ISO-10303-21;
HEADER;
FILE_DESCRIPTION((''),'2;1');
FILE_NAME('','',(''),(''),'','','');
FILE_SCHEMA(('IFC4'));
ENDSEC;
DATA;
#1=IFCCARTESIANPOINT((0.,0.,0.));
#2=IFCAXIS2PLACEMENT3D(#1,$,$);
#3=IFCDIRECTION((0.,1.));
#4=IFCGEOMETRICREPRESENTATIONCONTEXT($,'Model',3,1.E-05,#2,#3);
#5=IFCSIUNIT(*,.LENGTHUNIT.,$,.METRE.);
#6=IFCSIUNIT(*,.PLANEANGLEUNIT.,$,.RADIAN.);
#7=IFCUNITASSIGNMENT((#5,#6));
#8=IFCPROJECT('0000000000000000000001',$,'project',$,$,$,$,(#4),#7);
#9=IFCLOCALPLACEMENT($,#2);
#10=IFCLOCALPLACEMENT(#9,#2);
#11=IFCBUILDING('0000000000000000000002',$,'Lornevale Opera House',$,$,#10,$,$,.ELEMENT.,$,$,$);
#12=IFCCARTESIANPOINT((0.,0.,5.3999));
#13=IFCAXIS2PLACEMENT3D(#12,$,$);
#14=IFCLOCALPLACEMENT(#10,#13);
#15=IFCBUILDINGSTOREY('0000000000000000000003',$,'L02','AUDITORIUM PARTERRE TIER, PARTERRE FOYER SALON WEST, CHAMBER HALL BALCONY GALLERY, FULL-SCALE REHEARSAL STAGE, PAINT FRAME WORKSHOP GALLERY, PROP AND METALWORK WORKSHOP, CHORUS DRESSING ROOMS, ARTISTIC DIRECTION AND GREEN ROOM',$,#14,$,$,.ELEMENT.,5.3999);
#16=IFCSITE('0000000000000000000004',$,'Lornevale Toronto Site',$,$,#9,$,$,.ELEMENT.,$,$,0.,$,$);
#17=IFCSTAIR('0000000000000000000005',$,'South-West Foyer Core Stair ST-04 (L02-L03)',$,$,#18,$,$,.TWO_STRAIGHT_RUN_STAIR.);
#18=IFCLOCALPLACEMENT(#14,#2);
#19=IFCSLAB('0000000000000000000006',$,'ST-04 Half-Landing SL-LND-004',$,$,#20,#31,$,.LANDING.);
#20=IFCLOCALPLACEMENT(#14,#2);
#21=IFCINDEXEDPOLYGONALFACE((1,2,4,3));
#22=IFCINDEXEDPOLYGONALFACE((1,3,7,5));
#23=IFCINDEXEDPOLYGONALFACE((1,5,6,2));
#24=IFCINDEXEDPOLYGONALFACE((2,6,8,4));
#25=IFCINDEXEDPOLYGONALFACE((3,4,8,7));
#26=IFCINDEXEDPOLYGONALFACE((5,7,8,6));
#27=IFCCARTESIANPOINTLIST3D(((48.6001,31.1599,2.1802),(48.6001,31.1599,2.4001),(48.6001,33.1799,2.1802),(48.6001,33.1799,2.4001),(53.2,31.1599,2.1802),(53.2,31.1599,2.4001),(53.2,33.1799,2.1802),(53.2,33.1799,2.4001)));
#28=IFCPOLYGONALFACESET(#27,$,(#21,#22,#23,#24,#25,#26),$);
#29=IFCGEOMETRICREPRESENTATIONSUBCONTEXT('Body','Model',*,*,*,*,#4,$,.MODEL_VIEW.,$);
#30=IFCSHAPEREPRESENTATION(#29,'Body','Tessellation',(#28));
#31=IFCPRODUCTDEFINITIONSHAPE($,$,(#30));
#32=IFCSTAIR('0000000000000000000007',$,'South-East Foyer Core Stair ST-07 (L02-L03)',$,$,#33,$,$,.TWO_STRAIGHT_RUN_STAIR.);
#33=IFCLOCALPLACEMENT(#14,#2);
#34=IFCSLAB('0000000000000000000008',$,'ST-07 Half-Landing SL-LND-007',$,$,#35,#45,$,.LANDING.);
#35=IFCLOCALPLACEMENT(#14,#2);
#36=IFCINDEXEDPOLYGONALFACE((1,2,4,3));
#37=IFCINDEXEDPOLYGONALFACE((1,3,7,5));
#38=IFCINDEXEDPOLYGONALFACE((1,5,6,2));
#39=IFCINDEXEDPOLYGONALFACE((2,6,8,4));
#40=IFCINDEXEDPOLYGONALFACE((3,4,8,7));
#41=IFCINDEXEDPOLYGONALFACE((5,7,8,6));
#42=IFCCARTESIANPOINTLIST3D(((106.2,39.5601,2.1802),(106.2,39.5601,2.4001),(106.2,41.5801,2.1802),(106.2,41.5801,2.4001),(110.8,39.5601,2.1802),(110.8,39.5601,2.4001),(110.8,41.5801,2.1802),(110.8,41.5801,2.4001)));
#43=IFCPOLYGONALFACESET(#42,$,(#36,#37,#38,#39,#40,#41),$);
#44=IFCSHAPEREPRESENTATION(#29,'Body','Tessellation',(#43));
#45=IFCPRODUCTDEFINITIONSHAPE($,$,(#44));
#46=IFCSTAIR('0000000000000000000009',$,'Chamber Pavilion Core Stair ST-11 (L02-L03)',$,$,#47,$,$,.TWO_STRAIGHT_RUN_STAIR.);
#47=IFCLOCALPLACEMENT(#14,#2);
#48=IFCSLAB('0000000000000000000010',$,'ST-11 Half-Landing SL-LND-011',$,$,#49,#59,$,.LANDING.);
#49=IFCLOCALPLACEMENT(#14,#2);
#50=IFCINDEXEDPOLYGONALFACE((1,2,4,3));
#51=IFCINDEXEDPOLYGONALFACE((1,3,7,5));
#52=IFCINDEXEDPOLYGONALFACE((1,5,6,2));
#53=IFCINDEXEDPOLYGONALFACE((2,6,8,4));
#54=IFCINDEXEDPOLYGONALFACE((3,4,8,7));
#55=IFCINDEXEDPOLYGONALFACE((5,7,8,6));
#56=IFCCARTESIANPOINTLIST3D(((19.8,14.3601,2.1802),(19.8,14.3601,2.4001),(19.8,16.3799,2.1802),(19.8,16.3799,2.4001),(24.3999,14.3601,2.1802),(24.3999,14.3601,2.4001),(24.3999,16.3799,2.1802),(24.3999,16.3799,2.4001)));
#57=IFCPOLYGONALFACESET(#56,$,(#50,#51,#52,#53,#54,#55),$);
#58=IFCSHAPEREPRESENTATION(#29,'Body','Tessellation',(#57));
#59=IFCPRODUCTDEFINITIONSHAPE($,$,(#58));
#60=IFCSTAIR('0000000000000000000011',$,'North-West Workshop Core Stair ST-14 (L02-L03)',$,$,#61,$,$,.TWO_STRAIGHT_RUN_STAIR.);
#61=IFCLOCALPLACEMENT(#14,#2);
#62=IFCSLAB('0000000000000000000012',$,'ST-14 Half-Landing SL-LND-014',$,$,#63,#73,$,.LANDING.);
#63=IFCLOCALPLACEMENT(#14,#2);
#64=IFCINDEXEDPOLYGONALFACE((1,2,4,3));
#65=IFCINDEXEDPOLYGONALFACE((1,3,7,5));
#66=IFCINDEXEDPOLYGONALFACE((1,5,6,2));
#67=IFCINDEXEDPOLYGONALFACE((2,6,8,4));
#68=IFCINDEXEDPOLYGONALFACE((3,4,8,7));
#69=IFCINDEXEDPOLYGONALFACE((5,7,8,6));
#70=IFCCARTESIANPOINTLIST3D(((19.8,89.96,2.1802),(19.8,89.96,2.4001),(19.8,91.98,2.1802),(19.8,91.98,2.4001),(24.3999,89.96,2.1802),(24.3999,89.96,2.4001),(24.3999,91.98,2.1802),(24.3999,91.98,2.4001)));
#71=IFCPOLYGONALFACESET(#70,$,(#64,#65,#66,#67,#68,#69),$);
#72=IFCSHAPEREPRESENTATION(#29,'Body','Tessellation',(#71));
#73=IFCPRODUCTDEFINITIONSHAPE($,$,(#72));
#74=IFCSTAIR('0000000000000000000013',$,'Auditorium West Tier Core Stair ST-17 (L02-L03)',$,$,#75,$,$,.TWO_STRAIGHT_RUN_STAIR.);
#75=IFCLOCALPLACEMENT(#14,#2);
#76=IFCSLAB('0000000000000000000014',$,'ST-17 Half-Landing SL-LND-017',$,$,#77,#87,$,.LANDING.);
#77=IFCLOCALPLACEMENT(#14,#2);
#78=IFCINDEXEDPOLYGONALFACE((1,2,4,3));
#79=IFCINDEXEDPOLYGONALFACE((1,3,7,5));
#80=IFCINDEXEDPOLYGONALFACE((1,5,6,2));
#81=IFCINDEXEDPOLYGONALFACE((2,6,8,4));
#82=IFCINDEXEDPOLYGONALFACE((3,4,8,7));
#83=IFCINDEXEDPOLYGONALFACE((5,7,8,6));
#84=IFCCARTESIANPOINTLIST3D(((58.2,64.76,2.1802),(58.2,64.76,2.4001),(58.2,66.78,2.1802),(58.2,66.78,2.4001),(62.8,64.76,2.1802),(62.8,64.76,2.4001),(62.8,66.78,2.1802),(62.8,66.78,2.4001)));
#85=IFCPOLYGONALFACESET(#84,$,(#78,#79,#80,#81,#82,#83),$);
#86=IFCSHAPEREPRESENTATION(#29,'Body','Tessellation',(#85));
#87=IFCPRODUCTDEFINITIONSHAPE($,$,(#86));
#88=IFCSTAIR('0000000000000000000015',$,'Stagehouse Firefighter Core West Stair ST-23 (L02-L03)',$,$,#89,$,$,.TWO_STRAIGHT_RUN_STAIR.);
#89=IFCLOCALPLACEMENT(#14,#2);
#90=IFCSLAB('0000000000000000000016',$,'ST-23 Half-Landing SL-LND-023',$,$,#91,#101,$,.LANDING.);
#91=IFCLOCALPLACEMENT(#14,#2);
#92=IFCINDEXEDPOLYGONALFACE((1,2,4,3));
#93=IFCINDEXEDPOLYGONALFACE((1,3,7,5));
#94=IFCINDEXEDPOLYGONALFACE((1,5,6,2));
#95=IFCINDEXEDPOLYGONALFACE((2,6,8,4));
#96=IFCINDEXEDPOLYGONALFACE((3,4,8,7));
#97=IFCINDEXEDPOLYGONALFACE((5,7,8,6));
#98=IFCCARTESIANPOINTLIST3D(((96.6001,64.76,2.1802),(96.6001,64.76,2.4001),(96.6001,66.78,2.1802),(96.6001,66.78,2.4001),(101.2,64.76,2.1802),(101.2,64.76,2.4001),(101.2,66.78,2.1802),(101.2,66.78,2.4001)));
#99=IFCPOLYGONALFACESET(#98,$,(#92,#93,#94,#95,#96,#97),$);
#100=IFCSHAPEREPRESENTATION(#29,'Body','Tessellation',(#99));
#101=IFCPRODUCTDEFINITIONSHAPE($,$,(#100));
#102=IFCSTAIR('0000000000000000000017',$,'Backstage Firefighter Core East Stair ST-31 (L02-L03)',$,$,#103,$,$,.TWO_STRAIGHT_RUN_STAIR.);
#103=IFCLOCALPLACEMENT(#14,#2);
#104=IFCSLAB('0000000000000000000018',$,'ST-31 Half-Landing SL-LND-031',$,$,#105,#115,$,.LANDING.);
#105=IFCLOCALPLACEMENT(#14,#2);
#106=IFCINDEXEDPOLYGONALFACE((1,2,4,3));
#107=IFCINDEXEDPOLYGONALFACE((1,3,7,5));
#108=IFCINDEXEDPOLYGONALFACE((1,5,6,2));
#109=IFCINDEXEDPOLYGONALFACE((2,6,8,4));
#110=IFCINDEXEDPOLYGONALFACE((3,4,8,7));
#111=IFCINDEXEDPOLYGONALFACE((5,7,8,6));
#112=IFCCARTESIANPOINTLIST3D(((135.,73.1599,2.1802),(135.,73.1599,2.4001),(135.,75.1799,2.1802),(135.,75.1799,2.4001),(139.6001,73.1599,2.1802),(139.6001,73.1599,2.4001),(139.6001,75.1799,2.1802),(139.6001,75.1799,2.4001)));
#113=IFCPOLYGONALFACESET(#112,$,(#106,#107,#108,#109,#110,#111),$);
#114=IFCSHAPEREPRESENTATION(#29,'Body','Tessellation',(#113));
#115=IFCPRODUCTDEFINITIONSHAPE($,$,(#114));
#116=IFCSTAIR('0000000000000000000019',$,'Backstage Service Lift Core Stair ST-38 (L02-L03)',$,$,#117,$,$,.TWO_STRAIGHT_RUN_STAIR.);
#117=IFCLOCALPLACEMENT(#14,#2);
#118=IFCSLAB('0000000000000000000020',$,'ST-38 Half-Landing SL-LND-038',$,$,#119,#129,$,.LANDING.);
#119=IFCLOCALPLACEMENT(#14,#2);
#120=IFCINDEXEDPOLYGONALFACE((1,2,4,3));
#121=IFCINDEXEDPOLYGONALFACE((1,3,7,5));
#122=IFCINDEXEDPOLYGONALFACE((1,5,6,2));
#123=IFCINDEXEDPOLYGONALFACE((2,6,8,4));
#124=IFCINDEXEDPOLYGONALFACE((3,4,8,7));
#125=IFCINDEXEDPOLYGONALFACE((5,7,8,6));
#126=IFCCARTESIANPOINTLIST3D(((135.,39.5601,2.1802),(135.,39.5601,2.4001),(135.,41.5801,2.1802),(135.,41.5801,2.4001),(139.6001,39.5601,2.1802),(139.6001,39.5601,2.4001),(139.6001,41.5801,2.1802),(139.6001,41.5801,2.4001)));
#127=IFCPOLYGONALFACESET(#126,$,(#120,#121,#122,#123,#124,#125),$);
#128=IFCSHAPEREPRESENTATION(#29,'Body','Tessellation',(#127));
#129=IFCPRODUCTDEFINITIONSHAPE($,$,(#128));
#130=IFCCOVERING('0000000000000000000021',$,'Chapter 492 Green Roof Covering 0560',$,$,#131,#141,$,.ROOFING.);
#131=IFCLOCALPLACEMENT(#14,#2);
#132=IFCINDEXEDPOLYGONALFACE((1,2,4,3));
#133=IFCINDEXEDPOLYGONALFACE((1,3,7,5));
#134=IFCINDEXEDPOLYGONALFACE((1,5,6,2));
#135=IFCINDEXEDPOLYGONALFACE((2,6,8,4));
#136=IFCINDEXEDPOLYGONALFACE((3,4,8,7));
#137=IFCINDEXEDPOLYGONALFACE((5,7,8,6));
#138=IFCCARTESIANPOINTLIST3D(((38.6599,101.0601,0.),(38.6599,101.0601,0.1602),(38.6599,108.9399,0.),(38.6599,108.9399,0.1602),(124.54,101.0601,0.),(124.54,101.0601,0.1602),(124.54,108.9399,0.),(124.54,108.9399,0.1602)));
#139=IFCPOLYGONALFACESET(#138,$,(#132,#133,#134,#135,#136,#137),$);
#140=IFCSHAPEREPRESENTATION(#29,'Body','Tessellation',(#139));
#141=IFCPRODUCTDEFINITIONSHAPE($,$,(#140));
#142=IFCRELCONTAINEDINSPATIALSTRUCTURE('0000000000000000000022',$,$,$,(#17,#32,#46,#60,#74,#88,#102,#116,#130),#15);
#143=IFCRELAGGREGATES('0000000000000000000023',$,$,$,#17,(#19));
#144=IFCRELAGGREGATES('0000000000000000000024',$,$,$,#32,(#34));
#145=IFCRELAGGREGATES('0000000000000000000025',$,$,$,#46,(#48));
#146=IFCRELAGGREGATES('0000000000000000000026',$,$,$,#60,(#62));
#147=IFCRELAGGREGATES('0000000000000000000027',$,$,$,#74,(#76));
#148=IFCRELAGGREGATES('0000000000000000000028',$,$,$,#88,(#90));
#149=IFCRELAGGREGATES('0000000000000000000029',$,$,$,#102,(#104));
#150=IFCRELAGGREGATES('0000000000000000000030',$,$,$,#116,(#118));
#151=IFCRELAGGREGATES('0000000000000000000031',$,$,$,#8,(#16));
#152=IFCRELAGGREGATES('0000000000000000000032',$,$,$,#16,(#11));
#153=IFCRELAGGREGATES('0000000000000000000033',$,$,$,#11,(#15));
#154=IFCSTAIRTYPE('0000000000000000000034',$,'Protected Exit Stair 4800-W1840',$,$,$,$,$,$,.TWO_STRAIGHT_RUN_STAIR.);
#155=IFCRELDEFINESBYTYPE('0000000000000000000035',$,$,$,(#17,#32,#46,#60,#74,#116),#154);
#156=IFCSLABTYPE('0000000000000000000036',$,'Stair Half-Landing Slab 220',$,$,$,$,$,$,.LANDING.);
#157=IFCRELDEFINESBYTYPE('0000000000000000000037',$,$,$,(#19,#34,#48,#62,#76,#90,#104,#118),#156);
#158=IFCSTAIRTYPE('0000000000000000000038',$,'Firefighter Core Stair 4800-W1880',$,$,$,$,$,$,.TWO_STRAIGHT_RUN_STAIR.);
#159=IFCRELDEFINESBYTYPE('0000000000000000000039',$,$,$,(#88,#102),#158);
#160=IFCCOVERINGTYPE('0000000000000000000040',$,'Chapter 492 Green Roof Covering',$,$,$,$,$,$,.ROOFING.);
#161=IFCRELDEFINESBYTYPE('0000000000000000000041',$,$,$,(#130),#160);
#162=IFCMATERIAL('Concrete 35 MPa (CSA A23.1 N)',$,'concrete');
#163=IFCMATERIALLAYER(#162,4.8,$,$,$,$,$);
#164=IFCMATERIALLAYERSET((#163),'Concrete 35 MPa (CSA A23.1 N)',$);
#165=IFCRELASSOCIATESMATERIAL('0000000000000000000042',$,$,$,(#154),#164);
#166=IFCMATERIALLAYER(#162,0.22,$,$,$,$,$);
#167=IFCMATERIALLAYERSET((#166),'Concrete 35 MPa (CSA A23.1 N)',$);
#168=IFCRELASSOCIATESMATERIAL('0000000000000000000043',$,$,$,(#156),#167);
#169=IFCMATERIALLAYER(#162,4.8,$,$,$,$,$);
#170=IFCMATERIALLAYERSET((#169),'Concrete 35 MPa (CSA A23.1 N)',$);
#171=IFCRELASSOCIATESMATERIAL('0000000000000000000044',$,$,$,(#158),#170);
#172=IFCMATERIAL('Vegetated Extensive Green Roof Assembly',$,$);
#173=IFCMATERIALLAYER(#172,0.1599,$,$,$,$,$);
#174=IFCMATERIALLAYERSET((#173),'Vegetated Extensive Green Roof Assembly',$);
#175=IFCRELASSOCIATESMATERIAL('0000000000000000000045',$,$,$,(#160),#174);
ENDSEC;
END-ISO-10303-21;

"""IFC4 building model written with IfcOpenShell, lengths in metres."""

from ifc_helpers import new_model, si_unit, direction, frame, origin, place, context, subcontext, project, spatial, polyline, outline, extrude, material, layer, layer_set, type_object, element, aggregate, save


model = new_model("IFC4")

# Units and contexts
model_context = context("Model", 3, precision=1e-05, world=origin(), true_north=direction((0.0, 1.0)))
body_context = subcontext(model_context, "Body", "Model", "MODEL_VIEW")
ifc_project = project(units=[si_unit("LENGTHUNIT", "METRE"), si_unit("PLANEANGLEUNIT", "RADIAN")], contexts=[model_context])

# Site, building, storey
site_placement = place(None, origin())
site = spatial("IfcSite", under=ifc_project, at=site_placement, Name="Lornevale Toronto Site", CompositionType="ELEMENT", RefElevation=0.0)
building_placement = place(site_placement, origin())
building = spatial("IfcBuilding", under=site, at=building_placement, Name="Lornevale Opera House", CompositionType="ELEMENT")
storey_placement = place(building_placement, frame((0.0, 0.0, 5.3999)))
storey = spatial("IfcBuildingStorey", under=building, at=storey_placement, Name="L02", Description="AUDITORIUM PARTERRE TIER, PARTERRE FOYER SALON WEST, CHAMBER HALL BALCONY GALLERY, FULL-SCALE REHEARSAL STAGE, PAINT FRAME WORKSHOP GALLERY, PROP AND METALWORK WORKSHOP, CHORUS DRESSING ROOMS, ARTISTIC DIRECTION AND GREEN ROOM", CompositionType="ELEMENT", Elevation=5.3999)

# Shared definitions
ifc_material_1 = material(Name="Concrete 35 MPa (CSA A23.1 N)", Category="concrete")

# Stairs, slabs
ifc_layer_1 = layer(ifc_material_1, 4.8)
ifc_layer_set_1 = layer_set([ifc_layer_1], Name="Concrete 35 MPa (CSA A23.1 N)")
stair_type_1 = type_object("IfcStairType", Name="Protected Exit Stair 4800-W1840", PredefinedType="TWO_STRAIGHT_RUN_STAIR", material=ifc_layer_set_1)
stair_1_placement = place(storey_placement, origin())
stair_1 = element("IfcStair", 1, at=stair_1_placement, inside=storey, type_object=stair_type_1, Name="South-West Foyer Core Stair ST-04 (L02-L03)", PredefinedType="TWO_STRAIGHT_RUN_STAIR")
ifc_layer_2 = layer(ifc_material_1, 0.22)
ifc_layer_set_2 = layer_set([ifc_layer_2], Name="Concrete 35 MPa (CSA A23.1 N)")
slab_type_1 = type_object("IfcSlabType", Name="Stair Half-Landing Slab 220", PredefinedType="LANDING", material=ifc_layer_set_2)
slab_1_placement = place(storey_placement, frame((0.0, 0.0, 2.1802)))
slab_1 = element("IfcSlab", 2, at=slab_1_placement, type_object=slab_type_1, Name="ST-04 Half-Landing SL-LND-004", PredefinedType="LANDING", context=body_context, shape_type="SweptSolid", body=[
    extrude(outline(polyline([(48.6001, 31.1599), (53.2, 31.1599), (53.2, 33.1799), (48.6001, 33.1799), (48.6001, 31.1599)])), origin(), (0.0, 0.0, 1.0), 0.22),
])
aggregate(stair_1, [slab_1])
stair_2_placement = place(storey_placement, origin())
stair_2 = element("IfcStair", 3, at=stair_2_placement, inside=storey, type_object=stair_type_1, Name="South-East Foyer Core Stair ST-07 (L02-L03)", PredefinedType="TWO_STRAIGHT_RUN_STAIR")
slab_2_placement = place(storey_placement, frame((0.0, 0.0, 2.1802)))
slab_2 = element("IfcSlab", 4, at=slab_2_placement, type_object=slab_type_1, Name="ST-07 Half-Landing SL-LND-007", PredefinedType="LANDING", context=body_context, shape_type="SweptSolid", body=[
    extrude(outline(polyline([(106.2, 39.5601), (110.8, 39.5601), (110.8, 41.5801), (106.2, 41.5801), (106.2, 39.5601)])), origin(), (0.0, 0.0, 1.0), 0.22),
])
aggregate(stair_2, [slab_2])
stair_3_placement = place(storey_placement, origin())
stair_3 = element("IfcStair", 5, at=stair_3_placement, inside=storey, type_object=stair_type_1, Name="Chamber Pavilion Core Stair ST-11 (L02-L03)", PredefinedType="TWO_STRAIGHT_RUN_STAIR")
slab_3_placement = place(storey_placement, frame((0.0, 0.0, 2.1802)))
slab_3 = element("IfcSlab", 6, at=slab_3_placement, type_object=slab_type_1, Name="ST-11 Half-Landing SL-LND-011", PredefinedType="LANDING", context=body_context, shape_type="SweptSolid", body=[
    extrude(outline(polyline([(19.8, 14.3601), (24.3999, 14.3601), (24.3999, 16.3799), (19.8, 16.3799), (19.8, 14.3601)])), origin(), (0.0, 0.0, 1.0), 0.22),
])
aggregate(stair_3, [slab_3])
stair_4_placement = place(storey_placement, origin())
stair_4 = element("IfcStair", 7, at=stair_4_placement, inside=storey, type_object=stair_type_1, Name="North-West Workshop Core Stair ST-14 (L02-L03)", PredefinedType="TWO_STRAIGHT_RUN_STAIR")
slab_4_placement = place(storey_placement, frame((0.0, 0.0, 2.1802)))
slab_4 = element("IfcSlab", 8, at=slab_4_placement, type_object=slab_type_1, Name="ST-14 Half-Landing SL-LND-014", PredefinedType="LANDING", context=body_context, shape_type="SweptSolid", body=[
    extrude(outline(polyline([(19.8, 89.96), (24.3999, 89.96), (24.3999, 91.98), (19.8, 91.98), (19.8, 89.96)])), origin(), (0.0, 0.0, 1.0), 0.22),
])
aggregate(stair_4, [slab_4])
stair_5_placement = place(storey_placement, origin())
stair_5 = element("IfcStair", 9, at=stair_5_placement, inside=storey, type_object=stair_type_1, Name="Auditorium West Tier Core Stair ST-17 (L02-L03)", PredefinedType="TWO_STRAIGHT_RUN_STAIR")
slab_5_placement = place(storey_placement, frame((0.0, 0.0, 2.1802)))
slab_5 = element("IfcSlab", 10, at=slab_5_placement, type_object=slab_type_1, Name="ST-17 Half-Landing SL-LND-017", PredefinedType="LANDING", context=body_context, shape_type="SweptSolid", body=[
    extrude(outline(polyline([(58.2, 64.76), (62.8, 64.76), (62.8, 66.78), (58.2, 66.78), (58.2, 64.76)])), origin(), (0.0, 0.0, 1.0), 0.22),
])
aggregate(stair_5, [slab_5])
ifc_layer_3 = layer(ifc_material_1, 4.8)
ifc_layer_set_3 = layer_set([ifc_layer_3], Name="Concrete 35 MPa (CSA A23.1 N)")
stair_type_2 = type_object("IfcStairType", Name="Firefighter Core Stair 4800-W1880", PredefinedType="TWO_STRAIGHT_RUN_STAIR", material=ifc_layer_set_3)
stair_6_placement = place(storey_placement, origin())
stair_6 = element("IfcStair", 11, at=stair_6_placement, inside=storey, type_object=stair_type_2, Name="Stagehouse Firefighter Core West Stair ST-23 (L02-L03)", PredefinedType="TWO_STRAIGHT_RUN_STAIR")
slab_6_placement = place(storey_placement, frame((0.0, 0.0, 2.1802)))
slab_6 = element("IfcSlab", 12, at=slab_6_placement, type_object=slab_type_1, Name="ST-23 Half-Landing SL-LND-023", PredefinedType="LANDING", context=body_context, shape_type="SweptSolid", body=[
    extrude(outline(polyline([(96.6001, 64.76), (101.2, 64.76), (101.2, 66.78), (96.6001, 66.78), (96.6001, 64.76)])), origin(), (0.0, 0.0, 1.0), 0.22),
])
aggregate(stair_6, [slab_6])
stair_7_placement = place(storey_placement, origin())
stair_7 = element("IfcStair", 13, at=stair_7_placement, inside=storey, type_object=stair_type_2, Name="Backstage Firefighter Core East Stair ST-31 (L02-L03)", PredefinedType="TWO_STRAIGHT_RUN_STAIR")
slab_7_placement = place(storey_placement, frame((0.0, 0.0, 2.1802)))
slab_7 = element("IfcSlab", 14, at=slab_7_placement, type_object=slab_type_1, Name="ST-31 Half-Landing SL-LND-031", PredefinedType="LANDING", context=body_context, shape_type="SweptSolid", body=[
    extrude(outline(polyline([(135.0, 73.1599), (139.6001, 73.1599), (139.6001, 75.1799), (135.0, 75.1799), (135.0, 73.1599)])), origin(), (0.0, 0.0, 1.0), 0.22),
])
aggregate(stair_7, [slab_7])
stair_8_placement = place(storey_placement, origin())
stair_8 = element("IfcStair", 15, at=stair_8_placement, inside=storey, type_object=stair_type_1, Name="Backstage Service Lift Core Stair ST-38 (L02-L03)", PredefinedType="TWO_STRAIGHT_RUN_STAIR")
slab_8_placement = place(storey_placement, frame((0.0, 0.0, 2.1802)))
slab_8 = element("IfcSlab", 16, at=slab_8_placement, type_object=slab_type_1, Name="ST-38 Half-Landing SL-LND-038", PredefinedType="LANDING", context=body_context, shape_type="SweptSolid", body=[
    extrude(outline(polyline([(135.0, 39.5601), (139.6001, 39.5601), (139.6001, 41.5801), (135.0, 41.5801), (135.0, 39.5601)])), origin(), (0.0, 0.0, 1.0), 0.22),
])
aggregate(stair_8, [slab_8])

# Covering
ifc_material_2 = material(Name="Vegetated Extensive Green Roof Assembly")
ifc_layer_4 = layer(ifc_material_2, 0.1599)
ifc_layer_set_4 = layer_set([ifc_layer_4], Name="Vegetated Extensive Green Roof Assembly")
covering_type = type_object("IfcCoveringType", Name="Chapter 492 Green Roof Covering", PredefinedType="ROOFING", material=ifc_layer_set_4)
covering_placement = place(storey_placement, origin())
element("IfcCovering", 17, at=covering_placement, inside=storey, type_object=covering_type, Name="Chapter 492 Green Roof Covering 0560", PredefinedType="ROOFING", context=body_context, shape_type="SweptSolid", body=[
    extrude(outline(polyline([(124.54, 108.9399), (124.54, 101.0601), (38.6599, 101.0601), (38.6599, 108.9399), (124.54, 108.9399)])), origin(), (0.0, 0.0, 1.0), 0.1602),
])

save(model, "model.ifc")
